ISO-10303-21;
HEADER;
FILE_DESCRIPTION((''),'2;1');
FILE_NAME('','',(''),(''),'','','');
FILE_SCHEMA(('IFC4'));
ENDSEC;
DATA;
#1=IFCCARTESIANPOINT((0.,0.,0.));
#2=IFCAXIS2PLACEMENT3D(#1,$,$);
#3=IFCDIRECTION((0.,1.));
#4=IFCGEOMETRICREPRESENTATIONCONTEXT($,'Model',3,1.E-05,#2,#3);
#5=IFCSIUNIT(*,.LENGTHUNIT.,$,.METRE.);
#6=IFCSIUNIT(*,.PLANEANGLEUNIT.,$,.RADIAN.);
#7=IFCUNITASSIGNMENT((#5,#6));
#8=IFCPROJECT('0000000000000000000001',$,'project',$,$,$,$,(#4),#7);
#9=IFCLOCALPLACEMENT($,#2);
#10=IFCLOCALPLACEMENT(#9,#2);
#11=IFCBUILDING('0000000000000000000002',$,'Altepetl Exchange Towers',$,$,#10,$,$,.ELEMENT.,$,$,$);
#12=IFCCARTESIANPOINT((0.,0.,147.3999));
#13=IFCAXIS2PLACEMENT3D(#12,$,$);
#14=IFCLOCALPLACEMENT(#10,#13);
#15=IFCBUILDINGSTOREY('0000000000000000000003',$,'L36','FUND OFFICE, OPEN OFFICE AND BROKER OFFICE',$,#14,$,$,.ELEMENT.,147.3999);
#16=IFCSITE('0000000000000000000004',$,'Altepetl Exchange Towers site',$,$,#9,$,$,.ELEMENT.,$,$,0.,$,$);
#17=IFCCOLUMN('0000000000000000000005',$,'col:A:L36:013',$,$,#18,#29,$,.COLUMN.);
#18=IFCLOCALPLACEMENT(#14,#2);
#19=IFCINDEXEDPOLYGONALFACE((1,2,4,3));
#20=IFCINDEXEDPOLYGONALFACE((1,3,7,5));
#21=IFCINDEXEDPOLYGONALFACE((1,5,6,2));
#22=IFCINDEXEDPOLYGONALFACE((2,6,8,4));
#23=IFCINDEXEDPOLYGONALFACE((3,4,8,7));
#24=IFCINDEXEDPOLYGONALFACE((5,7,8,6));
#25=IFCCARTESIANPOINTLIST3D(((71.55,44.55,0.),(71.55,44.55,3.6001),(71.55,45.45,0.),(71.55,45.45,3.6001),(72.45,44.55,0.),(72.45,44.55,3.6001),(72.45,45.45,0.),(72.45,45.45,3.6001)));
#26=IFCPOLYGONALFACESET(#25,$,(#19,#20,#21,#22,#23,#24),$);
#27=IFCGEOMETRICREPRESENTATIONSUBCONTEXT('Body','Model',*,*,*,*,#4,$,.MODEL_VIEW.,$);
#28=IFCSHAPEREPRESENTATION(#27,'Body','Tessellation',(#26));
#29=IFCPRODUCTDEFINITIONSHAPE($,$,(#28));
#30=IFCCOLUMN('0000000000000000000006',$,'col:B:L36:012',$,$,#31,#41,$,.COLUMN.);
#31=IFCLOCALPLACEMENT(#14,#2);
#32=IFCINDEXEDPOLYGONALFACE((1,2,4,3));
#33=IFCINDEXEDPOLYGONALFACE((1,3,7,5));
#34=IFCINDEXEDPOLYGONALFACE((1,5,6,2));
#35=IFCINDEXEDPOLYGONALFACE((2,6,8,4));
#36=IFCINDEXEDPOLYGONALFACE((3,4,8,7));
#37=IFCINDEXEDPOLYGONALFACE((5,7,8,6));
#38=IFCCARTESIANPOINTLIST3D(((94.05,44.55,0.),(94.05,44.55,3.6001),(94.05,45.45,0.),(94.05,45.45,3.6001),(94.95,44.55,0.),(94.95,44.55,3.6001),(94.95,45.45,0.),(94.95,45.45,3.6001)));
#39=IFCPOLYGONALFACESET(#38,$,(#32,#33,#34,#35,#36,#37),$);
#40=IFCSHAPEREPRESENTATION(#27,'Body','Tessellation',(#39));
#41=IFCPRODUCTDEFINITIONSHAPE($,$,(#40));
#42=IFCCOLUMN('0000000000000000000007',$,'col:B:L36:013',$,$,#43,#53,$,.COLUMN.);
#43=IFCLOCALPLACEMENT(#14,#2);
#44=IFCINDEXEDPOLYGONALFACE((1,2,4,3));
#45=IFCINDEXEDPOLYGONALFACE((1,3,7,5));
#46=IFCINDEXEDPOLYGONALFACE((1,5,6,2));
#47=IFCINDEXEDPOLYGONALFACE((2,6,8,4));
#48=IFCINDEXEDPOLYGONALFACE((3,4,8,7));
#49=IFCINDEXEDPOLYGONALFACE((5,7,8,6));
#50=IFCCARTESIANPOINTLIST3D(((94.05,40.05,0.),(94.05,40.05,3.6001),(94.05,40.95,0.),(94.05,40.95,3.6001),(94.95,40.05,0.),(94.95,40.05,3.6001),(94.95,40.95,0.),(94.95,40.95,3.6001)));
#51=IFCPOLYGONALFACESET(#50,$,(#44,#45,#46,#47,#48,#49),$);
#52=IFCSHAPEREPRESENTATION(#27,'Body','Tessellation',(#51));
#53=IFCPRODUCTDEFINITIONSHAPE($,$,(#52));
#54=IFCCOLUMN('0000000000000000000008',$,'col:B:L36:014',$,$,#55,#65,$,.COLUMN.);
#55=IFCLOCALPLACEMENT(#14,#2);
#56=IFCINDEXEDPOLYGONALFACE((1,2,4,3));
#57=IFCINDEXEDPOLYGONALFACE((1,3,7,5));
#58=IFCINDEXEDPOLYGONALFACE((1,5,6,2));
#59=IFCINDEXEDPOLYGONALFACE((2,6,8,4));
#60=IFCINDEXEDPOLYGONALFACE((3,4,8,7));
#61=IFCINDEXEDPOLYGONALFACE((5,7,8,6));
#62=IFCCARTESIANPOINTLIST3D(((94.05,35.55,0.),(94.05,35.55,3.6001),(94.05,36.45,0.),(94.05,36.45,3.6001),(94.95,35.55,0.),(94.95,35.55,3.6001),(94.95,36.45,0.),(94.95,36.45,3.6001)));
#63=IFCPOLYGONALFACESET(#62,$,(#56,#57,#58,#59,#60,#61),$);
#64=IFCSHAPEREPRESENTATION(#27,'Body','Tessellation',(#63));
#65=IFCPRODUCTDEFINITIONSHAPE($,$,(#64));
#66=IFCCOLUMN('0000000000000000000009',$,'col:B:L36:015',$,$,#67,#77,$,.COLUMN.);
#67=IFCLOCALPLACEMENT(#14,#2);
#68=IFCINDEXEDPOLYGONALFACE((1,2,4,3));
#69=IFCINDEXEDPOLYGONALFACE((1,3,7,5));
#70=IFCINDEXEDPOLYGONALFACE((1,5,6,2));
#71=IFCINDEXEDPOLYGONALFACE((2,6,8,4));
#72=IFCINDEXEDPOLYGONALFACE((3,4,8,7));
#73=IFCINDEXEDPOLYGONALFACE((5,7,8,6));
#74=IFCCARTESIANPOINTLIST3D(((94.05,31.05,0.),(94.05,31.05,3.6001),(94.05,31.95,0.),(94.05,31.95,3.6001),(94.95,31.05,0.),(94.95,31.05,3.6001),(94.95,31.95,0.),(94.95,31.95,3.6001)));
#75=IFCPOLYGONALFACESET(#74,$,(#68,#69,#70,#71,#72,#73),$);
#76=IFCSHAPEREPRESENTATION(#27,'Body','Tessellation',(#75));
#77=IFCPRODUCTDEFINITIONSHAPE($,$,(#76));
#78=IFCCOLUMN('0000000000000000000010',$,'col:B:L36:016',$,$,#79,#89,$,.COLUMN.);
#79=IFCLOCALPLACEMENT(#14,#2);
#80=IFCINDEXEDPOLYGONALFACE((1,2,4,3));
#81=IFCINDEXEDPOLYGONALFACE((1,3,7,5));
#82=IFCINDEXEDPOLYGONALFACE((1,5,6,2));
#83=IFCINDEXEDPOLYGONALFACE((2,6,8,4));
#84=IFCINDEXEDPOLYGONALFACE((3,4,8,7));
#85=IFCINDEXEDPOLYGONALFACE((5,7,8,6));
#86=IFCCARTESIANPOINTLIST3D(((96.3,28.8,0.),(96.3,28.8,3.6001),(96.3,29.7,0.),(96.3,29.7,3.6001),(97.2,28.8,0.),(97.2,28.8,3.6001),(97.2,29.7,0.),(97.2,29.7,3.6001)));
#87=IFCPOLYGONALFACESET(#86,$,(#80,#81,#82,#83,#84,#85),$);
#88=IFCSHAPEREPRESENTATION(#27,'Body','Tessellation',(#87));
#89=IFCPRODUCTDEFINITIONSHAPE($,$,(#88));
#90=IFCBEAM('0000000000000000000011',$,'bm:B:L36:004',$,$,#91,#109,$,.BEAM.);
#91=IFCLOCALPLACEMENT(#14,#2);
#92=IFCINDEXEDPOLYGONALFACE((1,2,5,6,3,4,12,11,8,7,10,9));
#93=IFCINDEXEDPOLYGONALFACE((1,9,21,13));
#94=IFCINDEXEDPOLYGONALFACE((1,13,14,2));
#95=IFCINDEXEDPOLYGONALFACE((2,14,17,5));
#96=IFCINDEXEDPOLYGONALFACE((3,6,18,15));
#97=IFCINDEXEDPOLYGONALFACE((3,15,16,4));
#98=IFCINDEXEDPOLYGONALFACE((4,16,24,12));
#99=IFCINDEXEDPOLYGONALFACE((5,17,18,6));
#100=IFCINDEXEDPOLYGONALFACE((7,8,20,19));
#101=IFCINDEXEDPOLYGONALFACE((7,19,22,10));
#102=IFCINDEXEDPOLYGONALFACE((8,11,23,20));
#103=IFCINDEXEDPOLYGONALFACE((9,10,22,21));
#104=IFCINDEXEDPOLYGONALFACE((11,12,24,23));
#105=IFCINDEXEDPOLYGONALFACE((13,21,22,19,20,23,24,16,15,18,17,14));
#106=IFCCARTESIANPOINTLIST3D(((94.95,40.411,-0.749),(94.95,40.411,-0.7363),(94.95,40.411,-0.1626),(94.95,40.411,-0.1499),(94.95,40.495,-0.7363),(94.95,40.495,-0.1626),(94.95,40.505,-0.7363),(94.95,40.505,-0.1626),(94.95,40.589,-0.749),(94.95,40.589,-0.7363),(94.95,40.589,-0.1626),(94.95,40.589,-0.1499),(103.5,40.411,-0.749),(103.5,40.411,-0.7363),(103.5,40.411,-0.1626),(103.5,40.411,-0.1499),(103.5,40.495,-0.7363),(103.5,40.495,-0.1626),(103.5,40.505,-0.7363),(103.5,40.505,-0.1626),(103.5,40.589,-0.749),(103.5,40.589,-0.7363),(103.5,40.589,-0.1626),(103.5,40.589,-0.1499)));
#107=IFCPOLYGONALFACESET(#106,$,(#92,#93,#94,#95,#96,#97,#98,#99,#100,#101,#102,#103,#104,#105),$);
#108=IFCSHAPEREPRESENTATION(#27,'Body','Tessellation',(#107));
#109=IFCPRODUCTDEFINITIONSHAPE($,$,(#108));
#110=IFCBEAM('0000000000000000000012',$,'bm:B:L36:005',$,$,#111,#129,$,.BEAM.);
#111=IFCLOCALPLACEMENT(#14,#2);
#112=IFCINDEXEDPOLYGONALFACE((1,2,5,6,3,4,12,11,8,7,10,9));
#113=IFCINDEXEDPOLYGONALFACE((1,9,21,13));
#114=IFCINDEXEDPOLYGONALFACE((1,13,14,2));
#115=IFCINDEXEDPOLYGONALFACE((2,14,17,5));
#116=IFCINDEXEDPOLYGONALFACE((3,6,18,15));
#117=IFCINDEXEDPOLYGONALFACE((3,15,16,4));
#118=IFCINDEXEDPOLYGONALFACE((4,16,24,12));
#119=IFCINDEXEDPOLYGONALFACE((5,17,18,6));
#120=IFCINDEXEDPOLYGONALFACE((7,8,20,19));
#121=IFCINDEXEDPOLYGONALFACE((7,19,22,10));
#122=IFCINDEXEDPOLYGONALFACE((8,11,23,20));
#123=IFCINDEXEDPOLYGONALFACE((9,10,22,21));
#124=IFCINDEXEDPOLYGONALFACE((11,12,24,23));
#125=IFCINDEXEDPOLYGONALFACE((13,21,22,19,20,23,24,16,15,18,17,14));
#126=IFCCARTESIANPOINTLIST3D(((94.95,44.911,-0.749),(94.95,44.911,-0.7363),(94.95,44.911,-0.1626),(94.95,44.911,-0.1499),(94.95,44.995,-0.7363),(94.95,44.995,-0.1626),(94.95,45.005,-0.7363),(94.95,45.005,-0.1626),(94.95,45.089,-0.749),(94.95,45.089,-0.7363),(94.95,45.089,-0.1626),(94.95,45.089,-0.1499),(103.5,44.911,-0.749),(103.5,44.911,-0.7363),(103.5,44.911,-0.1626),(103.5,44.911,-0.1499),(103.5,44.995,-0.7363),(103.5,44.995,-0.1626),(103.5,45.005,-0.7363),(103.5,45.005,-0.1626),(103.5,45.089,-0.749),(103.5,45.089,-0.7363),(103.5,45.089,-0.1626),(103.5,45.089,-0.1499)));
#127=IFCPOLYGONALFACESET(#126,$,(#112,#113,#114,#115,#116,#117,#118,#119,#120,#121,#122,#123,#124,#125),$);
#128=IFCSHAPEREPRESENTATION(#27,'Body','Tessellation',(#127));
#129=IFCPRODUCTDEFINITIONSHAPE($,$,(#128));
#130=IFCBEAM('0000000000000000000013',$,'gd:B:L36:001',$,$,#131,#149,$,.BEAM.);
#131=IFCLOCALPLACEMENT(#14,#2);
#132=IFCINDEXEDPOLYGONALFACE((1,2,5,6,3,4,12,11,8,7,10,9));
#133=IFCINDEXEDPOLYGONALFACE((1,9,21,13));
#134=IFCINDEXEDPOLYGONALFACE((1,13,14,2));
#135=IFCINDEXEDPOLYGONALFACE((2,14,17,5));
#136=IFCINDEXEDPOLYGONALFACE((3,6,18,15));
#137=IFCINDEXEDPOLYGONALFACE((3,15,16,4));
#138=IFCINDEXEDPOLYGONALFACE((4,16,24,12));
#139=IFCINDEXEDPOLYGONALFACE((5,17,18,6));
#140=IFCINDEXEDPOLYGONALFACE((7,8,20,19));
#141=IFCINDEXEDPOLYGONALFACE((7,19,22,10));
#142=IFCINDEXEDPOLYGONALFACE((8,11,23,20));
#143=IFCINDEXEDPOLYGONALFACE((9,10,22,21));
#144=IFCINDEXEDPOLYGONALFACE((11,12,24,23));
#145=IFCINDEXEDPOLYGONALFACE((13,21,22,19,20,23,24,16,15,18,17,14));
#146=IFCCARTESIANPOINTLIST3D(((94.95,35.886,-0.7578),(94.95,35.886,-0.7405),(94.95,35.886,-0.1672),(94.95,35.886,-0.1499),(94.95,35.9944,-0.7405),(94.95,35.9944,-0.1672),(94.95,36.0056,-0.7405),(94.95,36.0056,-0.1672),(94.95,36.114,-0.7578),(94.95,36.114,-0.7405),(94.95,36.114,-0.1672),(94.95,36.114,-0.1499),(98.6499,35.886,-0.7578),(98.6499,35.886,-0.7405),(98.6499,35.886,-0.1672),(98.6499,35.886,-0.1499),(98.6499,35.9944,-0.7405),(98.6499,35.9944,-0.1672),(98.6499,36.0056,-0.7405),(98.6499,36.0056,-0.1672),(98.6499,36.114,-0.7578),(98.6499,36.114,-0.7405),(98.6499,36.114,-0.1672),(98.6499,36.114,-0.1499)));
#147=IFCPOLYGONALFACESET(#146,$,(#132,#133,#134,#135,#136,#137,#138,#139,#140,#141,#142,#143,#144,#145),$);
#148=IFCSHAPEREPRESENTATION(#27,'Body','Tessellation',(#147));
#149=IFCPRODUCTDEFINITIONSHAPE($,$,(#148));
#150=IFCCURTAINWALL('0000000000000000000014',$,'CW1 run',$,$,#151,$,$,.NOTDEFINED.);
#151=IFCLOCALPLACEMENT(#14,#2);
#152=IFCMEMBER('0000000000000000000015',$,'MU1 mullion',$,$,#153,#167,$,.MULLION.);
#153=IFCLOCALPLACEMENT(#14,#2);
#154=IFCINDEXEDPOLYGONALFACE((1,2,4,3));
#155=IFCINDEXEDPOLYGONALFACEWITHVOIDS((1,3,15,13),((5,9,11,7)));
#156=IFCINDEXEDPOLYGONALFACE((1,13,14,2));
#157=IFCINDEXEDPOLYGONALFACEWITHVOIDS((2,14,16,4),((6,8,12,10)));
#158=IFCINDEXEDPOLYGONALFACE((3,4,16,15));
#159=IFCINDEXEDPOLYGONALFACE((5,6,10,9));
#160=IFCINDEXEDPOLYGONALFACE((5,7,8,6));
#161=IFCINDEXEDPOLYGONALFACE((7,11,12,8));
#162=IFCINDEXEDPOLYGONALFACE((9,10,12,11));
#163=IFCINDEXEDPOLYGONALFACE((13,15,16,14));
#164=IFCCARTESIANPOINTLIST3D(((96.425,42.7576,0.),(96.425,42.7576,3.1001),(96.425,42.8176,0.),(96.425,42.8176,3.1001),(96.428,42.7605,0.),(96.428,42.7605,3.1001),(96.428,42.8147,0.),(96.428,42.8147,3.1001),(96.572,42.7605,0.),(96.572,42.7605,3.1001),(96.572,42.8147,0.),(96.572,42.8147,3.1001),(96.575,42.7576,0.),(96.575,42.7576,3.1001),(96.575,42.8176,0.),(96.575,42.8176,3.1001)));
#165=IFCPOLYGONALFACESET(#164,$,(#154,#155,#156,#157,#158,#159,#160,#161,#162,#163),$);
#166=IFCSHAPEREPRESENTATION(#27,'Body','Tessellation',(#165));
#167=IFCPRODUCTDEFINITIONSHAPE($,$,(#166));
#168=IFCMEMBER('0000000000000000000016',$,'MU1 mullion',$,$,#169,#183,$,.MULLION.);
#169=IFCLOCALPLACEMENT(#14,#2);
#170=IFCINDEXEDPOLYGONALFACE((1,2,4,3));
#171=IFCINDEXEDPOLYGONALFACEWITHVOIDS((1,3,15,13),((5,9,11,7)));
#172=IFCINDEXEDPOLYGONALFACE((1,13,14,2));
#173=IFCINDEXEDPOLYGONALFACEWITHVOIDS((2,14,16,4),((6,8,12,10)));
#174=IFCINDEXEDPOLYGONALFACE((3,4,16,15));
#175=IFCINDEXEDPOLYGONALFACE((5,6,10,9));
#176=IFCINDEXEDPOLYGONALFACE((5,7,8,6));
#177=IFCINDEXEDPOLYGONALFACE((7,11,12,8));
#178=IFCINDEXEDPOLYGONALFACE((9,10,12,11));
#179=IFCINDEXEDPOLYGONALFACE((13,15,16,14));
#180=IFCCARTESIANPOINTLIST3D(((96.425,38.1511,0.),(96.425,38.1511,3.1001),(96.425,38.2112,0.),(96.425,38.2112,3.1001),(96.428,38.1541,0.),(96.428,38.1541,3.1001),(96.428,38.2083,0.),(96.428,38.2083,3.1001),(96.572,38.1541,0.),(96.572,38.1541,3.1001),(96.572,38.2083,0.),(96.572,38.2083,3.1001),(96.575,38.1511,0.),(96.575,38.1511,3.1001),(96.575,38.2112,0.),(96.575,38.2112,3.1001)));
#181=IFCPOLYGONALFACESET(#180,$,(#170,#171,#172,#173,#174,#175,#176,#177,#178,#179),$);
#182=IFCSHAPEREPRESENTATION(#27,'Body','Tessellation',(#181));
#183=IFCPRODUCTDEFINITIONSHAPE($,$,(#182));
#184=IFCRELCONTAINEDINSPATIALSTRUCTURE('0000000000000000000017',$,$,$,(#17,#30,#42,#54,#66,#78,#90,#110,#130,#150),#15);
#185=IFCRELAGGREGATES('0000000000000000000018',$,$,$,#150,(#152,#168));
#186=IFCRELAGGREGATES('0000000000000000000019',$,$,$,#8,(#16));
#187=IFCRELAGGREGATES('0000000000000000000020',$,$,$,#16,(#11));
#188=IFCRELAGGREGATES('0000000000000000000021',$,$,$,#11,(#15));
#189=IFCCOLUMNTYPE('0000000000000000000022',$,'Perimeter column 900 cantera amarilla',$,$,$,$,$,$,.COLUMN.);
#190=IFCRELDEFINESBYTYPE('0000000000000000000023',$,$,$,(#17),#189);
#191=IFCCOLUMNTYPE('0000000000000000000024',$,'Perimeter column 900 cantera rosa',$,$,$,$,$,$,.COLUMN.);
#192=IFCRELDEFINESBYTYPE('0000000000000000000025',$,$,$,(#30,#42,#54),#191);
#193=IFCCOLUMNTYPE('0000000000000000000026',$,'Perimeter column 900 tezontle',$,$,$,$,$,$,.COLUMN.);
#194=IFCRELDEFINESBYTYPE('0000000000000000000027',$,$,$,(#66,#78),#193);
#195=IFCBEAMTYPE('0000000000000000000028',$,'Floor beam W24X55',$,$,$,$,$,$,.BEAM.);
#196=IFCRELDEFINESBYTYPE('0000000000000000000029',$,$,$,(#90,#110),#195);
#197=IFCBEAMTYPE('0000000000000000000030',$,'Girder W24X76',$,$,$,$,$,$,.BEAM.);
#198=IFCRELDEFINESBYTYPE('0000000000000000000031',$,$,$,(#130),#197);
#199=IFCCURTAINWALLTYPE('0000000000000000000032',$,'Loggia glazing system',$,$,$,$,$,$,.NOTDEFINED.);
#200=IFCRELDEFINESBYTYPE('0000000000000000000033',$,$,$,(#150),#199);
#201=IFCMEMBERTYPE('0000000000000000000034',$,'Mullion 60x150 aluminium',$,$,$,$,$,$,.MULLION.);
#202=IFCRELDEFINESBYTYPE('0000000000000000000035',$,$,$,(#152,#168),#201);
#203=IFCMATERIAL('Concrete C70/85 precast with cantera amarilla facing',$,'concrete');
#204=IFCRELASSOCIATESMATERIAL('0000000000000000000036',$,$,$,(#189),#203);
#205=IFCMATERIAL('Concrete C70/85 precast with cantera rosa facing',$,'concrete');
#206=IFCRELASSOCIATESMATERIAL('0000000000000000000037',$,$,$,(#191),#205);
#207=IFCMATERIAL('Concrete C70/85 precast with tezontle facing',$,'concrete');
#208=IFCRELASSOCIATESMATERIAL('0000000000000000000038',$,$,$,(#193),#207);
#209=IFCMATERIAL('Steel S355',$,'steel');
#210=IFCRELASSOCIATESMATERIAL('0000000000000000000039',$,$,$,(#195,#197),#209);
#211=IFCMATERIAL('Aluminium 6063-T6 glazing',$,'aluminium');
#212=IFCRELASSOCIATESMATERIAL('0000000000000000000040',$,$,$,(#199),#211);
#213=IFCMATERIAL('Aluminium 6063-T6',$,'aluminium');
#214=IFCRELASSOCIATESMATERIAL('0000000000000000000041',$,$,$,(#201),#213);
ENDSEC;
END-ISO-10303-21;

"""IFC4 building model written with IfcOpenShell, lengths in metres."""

from ifc_helpers import new_model, si_unit, direction, frame, origin, origin_2d, place, context, subcontext, project, spatial, rectangle, hollow_rectangle, i_section, extrude, material, material_profile, profile_set, type_object, element, aggregate, save


model = new_model("IFC4")

# Units and contexts
model_context = context("Model", 3, precision=1e-05, world=origin(), true_north=direction((0.0, 1.0)))
body_context = subcontext(model_context, "Body", "Model", "MODEL_VIEW")
ifc_project = project(units=[si_unit("LENGTHUNIT", "METRE"), si_unit("PLANEANGLEUNIT", "RADIAN")], contexts=[model_context])

# Site, building, storey
site_placement = place(None, origin())
site = spatial("IfcSite", under=ifc_project, at=site_placement, Name="Altepetl Exchange Towers site", CompositionType="ELEMENT", RefElevation=0.0)
building_placement = place(site_placement, origin())
building = spatial("IfcBuilding", under=site, at=building_placement, Name="Altepetl Exchange Towers", CompositionType="ELEMENT")
storey_placement = place(building_placement, frame((0.0, 0.0, 147.3999)))
storey = spatial("IfcBuildingStorey", under=building, at=storey_placement, Name="L36", Description="FUND OFFICE, OPEN OFFICE AND BROKER OFFICE", CompositionType="ELEMENT", Elevation=147.3999)

# Columns
ifc_material_1 = material(Name="Concrete C70/85 precast with cantera amarilla facing", Category="concrete")
ifc_material_profile_1 = material_profile(ifc_material_1, rectangle(XDim=0.8999, YDim=0.8999, at=origin_2d()), Name="900 x 900")
ifc_profile_set_1 = profile_set([ifc_material_profile_1], Name="Concrete C70/85 precast with cantera amarilla facing")
column_type_1 = type_object("IfcColumnType", Name="Perimeter column 900 cantera amarilla", PredefinedType="COLUMN", material=ifc_profile_set_1)
column_placement = place(storey_placement, frame((72.0, 45.0, 0.0)))
element("IfcColumn", 1, at=column_placement, inside=storey, type_object=column_type_1, Name="col:A:L36:013", PredefinedType="COLUMN", context=body_context, shape_type="SweptSolid", body=[
    extrude(rectangle(XDim=0.8999, YDim=0.8999, at=origin_2d()), origin(), (0.0, 0.0, 1.0), 3.6001),
])
ifc_material_2 = material(Name="Concrete C70/85 precast with cantera rosa facing", Category="concrete")
ifc_material_profile_2 = material_profile(ifc_material_2, rectangle(XDim=0.8999, YDim=0.8999, at=origin_2d()), Name="900 x 900")
ifc_profile_set_2 = profile_set([ifc_material_profile_2], Name="Concrete C70/85 precast with cantera rosa facing")
column_type_2 = type_object("IfcColumnType", Name="Perimeter column 900 cantera rosa", PredefinedType="COLUMN", material=ifc_profile_set_2)
for number, where, name in (
    (2, (94.5, 45.0, 0.0), "col:B:L36:012"),
    (3, (94.5, 40.5, 0.0), "col:B:L36:013"),
    (4, (94.5, 36.0, 0.0), "col:B:L36:014"),
):
    element("IfcColumn", number, at=place(storey_placement, frame(where)), inside=storey, type_object=column_type_2, Name=name, PredefinedType="COLUMN", context=body_context, shape_type="SweptSolid", body=[
        extrude(rectangle(XDim=0.8999, YDim=0.8999, at=origin_2d()), origin(), (0.0, 0.0, 1.0), 3.6001),
    ])
ifc_material_3 = material(Name="Concrete C70/85 precast with tezontle facing", Category="concrete")
ifc_material_profile_3 = material_profile(ifc_material_3, rectangle(XDim=0.8999, YDim=0.8999, at=origin_2d()), Name="900 x 900")
ifc_profile_set_3 = profile_set([ifc_material_profile_3], Name="Concrete C70/85 precast with tezontle facing")
column_type_3 = type_object("IfcColumnType", Name="Perimeter column 900 tezontle", PredefinedType="COLUMN", material=ifc_profile_set_3)
for number, where, name in (
    (5, (94.5, 31.5, 0.0), "col:B:L36:015"),
    (6, (96.75, 29.25, 0.0), "col:B:L36:016"),
):
    element("IfcColumn", number, at=place(storey_placement, frame(where)), inside=storey, type_object=column_type_3, Name=name, PredefinedType="COLUMN", context=body_context, shape_type="SweptSolid", body=[
        extrude(rectangle(XDim=0.8999, YDim=0.8999, at=origin_2d()), origin(), (0.0, 0.0, 1.0), 3.6001),
    ])

# Beams
ifc_material_4 = material(Name="Steel S355", Category="steel")
ifc_material_profile_4 = material_profile(ifc_material_4, i_section(OverallWidth=0.178, OverallDepth=0.5991, WebThickness=0.01, FlangeThickness=0.0127, at=origin_2d()), Name="W24X55")
ifc_profile_set_4 = profile_set([ifc_material_profile_4], Name="Steel S355")
beam_type_1 = type_object("IfcBeamType", Name="Floor beam W24X55", PredefinedType="BEAM", material=ifc_profile_set_4)
for number, where, z_axis, x_axis, name in (
    (7, (94.95, 40.5, -0.4495), (1.0, 0.0, 0.0), (0.0, 1.0, 0.0), "bm:B:L36:004"),
    (8, (94.95, 45.0, -0.4495), (1.0, 0.0, 0.0), (0.0, 1.0, 0.0), "bm:B:L36:005"),
):
    element("IfcBeam", number, at=place(storey_placement, frame(where, z_axis=z_axis, x_axis=x_axis)), inside=storey, type_object=beam_type_1, Name=name, PredefinedType="BEAM", context=body_context, shape_type="SweptSolid", body=[
        extrude(i_section(OverallWidth=0.178, OverallDepth=0.5991, WebThickness=0.01, FlangeThickness=0.0127, at=origin_2d()), origin(), (0.0, 0.0, 1.0), 8.55),
    ])
ifc_material_profile_5 = material_profile(ifc_material_4, i_section(OverallWidth=0.228, OverallDepth=0.6079, WebThickness=0.0112, FlangeThickness=0.0173, at=origin_2d()), Name="W24X76")
ifc_profile_set_5 = profile_set([ifc_material_profile_5], Name="Steel S355")
beam_type_2 = type_object("IfcBeamType", Name="Girder W24X76", PredefinedType="BEAM", material=ifc_profile_set_5)
beam_1_placement = place(storey_placement, frame((98.6499, 36.0, -0.4539), z_axis=(-1.0, 0.0, 0.0), x_axis=(0.0, -1.0, 0.0)))
element("IfcBeam", 9, at=beam_1_placement, inside=storey, type_object=beam_type_2, Name="gd:B:L36:001", PredefinedType="BEAM", context=body_context, shape_type="SweptSolid", body=[
    extrude(i_section(OverallWidth=0.228, OverallDepth=0.6079, WebThickness=0.0112, FlangeThickness=0.0173, at=origin_2d()), origin(), (0.0, 0.0, 1.0), 3.7),
])

# Curtain wall, members
ifc_material_5 = material(Name="Aluminium 6063-T6 glazing", Category="aluminium")
curtain_wall_type = type_object("IfcCurtainWallType", Name="Loggia glazing system", PredefinedType="NOTDEFINED", material=ifc_material_5)
curtain_wall_1_placement = place(storey_placement, origin())
curtain_wall_1 = element("IfcCurtainWall", 10, at=curtain_wall_1_placement, inside=storey, type_object=curtain_wall_type, Name="CW1 run", PredefinedType="NOTDEFINED")
ifc_material_6 = material(Name="Aluminium 6063-T6", Category="aluminium")
ifc_material_profile_6 = material_profile(ifc_material_6, hollow_rectangle(XDim=0.0601, YDim=0.1499, WallThickness=0.0029, at=origin_2d()), Name="Mullion 60x150 aluminium")
ifc_profile_set_6 = profile_set([ifc_material_profile_6], Name="Aluminium 6063-T6")
member_type = type_object("IfcMemberType", Name="Mullion 60x150 aluminium", PredefinedType="MULLION", material=ifc_profile_set_6)
member_1_placement = place(storey_placement, frame((96.5, 42.7876, 0.0), z_axis=(0.0, 0.0, 1.0), x_axis=(0.0, -1.0, 0.0)))
member_1 = element("IfcMember", 11, at=member_1_placement, type_object=member_type, Name="MU1 mullion", PredefinedType="MULLION", context=body_context, shape_type="SweptSolid", body=[
    extrude(hollow_rectangle(XDim=0.0601, YDim=0.1499, WallThickness=0.0029, at=origin_2d()), origin(), (0.0, 0.0, 1.0), 3.1001),
])
member_2_placement = place(storey_placement, frame((96.5, 38.1812, 0.0), z_axis=(0.0, 0.0, 1.0), x_axis=(0.0, -1.0, 0.0)))
member_2 = element("IfcMember", 12, at=member_2_placement, type_object=member_type, Name="MU1 mullion", PredefinedType="MULLION", context=body_context, shape_type="SweptSolid", body=[
    extrude(hollow_rectangle(XDim=0.0601, YDim=0.1499, WallThickness=0.0029, at=origin_2d()), origin(), (0.0, 0.0, 1.0), 3.1001),
])

aggregate(curtain_wall_1, [member_1, member_2])

save(model, "model.ifc")
